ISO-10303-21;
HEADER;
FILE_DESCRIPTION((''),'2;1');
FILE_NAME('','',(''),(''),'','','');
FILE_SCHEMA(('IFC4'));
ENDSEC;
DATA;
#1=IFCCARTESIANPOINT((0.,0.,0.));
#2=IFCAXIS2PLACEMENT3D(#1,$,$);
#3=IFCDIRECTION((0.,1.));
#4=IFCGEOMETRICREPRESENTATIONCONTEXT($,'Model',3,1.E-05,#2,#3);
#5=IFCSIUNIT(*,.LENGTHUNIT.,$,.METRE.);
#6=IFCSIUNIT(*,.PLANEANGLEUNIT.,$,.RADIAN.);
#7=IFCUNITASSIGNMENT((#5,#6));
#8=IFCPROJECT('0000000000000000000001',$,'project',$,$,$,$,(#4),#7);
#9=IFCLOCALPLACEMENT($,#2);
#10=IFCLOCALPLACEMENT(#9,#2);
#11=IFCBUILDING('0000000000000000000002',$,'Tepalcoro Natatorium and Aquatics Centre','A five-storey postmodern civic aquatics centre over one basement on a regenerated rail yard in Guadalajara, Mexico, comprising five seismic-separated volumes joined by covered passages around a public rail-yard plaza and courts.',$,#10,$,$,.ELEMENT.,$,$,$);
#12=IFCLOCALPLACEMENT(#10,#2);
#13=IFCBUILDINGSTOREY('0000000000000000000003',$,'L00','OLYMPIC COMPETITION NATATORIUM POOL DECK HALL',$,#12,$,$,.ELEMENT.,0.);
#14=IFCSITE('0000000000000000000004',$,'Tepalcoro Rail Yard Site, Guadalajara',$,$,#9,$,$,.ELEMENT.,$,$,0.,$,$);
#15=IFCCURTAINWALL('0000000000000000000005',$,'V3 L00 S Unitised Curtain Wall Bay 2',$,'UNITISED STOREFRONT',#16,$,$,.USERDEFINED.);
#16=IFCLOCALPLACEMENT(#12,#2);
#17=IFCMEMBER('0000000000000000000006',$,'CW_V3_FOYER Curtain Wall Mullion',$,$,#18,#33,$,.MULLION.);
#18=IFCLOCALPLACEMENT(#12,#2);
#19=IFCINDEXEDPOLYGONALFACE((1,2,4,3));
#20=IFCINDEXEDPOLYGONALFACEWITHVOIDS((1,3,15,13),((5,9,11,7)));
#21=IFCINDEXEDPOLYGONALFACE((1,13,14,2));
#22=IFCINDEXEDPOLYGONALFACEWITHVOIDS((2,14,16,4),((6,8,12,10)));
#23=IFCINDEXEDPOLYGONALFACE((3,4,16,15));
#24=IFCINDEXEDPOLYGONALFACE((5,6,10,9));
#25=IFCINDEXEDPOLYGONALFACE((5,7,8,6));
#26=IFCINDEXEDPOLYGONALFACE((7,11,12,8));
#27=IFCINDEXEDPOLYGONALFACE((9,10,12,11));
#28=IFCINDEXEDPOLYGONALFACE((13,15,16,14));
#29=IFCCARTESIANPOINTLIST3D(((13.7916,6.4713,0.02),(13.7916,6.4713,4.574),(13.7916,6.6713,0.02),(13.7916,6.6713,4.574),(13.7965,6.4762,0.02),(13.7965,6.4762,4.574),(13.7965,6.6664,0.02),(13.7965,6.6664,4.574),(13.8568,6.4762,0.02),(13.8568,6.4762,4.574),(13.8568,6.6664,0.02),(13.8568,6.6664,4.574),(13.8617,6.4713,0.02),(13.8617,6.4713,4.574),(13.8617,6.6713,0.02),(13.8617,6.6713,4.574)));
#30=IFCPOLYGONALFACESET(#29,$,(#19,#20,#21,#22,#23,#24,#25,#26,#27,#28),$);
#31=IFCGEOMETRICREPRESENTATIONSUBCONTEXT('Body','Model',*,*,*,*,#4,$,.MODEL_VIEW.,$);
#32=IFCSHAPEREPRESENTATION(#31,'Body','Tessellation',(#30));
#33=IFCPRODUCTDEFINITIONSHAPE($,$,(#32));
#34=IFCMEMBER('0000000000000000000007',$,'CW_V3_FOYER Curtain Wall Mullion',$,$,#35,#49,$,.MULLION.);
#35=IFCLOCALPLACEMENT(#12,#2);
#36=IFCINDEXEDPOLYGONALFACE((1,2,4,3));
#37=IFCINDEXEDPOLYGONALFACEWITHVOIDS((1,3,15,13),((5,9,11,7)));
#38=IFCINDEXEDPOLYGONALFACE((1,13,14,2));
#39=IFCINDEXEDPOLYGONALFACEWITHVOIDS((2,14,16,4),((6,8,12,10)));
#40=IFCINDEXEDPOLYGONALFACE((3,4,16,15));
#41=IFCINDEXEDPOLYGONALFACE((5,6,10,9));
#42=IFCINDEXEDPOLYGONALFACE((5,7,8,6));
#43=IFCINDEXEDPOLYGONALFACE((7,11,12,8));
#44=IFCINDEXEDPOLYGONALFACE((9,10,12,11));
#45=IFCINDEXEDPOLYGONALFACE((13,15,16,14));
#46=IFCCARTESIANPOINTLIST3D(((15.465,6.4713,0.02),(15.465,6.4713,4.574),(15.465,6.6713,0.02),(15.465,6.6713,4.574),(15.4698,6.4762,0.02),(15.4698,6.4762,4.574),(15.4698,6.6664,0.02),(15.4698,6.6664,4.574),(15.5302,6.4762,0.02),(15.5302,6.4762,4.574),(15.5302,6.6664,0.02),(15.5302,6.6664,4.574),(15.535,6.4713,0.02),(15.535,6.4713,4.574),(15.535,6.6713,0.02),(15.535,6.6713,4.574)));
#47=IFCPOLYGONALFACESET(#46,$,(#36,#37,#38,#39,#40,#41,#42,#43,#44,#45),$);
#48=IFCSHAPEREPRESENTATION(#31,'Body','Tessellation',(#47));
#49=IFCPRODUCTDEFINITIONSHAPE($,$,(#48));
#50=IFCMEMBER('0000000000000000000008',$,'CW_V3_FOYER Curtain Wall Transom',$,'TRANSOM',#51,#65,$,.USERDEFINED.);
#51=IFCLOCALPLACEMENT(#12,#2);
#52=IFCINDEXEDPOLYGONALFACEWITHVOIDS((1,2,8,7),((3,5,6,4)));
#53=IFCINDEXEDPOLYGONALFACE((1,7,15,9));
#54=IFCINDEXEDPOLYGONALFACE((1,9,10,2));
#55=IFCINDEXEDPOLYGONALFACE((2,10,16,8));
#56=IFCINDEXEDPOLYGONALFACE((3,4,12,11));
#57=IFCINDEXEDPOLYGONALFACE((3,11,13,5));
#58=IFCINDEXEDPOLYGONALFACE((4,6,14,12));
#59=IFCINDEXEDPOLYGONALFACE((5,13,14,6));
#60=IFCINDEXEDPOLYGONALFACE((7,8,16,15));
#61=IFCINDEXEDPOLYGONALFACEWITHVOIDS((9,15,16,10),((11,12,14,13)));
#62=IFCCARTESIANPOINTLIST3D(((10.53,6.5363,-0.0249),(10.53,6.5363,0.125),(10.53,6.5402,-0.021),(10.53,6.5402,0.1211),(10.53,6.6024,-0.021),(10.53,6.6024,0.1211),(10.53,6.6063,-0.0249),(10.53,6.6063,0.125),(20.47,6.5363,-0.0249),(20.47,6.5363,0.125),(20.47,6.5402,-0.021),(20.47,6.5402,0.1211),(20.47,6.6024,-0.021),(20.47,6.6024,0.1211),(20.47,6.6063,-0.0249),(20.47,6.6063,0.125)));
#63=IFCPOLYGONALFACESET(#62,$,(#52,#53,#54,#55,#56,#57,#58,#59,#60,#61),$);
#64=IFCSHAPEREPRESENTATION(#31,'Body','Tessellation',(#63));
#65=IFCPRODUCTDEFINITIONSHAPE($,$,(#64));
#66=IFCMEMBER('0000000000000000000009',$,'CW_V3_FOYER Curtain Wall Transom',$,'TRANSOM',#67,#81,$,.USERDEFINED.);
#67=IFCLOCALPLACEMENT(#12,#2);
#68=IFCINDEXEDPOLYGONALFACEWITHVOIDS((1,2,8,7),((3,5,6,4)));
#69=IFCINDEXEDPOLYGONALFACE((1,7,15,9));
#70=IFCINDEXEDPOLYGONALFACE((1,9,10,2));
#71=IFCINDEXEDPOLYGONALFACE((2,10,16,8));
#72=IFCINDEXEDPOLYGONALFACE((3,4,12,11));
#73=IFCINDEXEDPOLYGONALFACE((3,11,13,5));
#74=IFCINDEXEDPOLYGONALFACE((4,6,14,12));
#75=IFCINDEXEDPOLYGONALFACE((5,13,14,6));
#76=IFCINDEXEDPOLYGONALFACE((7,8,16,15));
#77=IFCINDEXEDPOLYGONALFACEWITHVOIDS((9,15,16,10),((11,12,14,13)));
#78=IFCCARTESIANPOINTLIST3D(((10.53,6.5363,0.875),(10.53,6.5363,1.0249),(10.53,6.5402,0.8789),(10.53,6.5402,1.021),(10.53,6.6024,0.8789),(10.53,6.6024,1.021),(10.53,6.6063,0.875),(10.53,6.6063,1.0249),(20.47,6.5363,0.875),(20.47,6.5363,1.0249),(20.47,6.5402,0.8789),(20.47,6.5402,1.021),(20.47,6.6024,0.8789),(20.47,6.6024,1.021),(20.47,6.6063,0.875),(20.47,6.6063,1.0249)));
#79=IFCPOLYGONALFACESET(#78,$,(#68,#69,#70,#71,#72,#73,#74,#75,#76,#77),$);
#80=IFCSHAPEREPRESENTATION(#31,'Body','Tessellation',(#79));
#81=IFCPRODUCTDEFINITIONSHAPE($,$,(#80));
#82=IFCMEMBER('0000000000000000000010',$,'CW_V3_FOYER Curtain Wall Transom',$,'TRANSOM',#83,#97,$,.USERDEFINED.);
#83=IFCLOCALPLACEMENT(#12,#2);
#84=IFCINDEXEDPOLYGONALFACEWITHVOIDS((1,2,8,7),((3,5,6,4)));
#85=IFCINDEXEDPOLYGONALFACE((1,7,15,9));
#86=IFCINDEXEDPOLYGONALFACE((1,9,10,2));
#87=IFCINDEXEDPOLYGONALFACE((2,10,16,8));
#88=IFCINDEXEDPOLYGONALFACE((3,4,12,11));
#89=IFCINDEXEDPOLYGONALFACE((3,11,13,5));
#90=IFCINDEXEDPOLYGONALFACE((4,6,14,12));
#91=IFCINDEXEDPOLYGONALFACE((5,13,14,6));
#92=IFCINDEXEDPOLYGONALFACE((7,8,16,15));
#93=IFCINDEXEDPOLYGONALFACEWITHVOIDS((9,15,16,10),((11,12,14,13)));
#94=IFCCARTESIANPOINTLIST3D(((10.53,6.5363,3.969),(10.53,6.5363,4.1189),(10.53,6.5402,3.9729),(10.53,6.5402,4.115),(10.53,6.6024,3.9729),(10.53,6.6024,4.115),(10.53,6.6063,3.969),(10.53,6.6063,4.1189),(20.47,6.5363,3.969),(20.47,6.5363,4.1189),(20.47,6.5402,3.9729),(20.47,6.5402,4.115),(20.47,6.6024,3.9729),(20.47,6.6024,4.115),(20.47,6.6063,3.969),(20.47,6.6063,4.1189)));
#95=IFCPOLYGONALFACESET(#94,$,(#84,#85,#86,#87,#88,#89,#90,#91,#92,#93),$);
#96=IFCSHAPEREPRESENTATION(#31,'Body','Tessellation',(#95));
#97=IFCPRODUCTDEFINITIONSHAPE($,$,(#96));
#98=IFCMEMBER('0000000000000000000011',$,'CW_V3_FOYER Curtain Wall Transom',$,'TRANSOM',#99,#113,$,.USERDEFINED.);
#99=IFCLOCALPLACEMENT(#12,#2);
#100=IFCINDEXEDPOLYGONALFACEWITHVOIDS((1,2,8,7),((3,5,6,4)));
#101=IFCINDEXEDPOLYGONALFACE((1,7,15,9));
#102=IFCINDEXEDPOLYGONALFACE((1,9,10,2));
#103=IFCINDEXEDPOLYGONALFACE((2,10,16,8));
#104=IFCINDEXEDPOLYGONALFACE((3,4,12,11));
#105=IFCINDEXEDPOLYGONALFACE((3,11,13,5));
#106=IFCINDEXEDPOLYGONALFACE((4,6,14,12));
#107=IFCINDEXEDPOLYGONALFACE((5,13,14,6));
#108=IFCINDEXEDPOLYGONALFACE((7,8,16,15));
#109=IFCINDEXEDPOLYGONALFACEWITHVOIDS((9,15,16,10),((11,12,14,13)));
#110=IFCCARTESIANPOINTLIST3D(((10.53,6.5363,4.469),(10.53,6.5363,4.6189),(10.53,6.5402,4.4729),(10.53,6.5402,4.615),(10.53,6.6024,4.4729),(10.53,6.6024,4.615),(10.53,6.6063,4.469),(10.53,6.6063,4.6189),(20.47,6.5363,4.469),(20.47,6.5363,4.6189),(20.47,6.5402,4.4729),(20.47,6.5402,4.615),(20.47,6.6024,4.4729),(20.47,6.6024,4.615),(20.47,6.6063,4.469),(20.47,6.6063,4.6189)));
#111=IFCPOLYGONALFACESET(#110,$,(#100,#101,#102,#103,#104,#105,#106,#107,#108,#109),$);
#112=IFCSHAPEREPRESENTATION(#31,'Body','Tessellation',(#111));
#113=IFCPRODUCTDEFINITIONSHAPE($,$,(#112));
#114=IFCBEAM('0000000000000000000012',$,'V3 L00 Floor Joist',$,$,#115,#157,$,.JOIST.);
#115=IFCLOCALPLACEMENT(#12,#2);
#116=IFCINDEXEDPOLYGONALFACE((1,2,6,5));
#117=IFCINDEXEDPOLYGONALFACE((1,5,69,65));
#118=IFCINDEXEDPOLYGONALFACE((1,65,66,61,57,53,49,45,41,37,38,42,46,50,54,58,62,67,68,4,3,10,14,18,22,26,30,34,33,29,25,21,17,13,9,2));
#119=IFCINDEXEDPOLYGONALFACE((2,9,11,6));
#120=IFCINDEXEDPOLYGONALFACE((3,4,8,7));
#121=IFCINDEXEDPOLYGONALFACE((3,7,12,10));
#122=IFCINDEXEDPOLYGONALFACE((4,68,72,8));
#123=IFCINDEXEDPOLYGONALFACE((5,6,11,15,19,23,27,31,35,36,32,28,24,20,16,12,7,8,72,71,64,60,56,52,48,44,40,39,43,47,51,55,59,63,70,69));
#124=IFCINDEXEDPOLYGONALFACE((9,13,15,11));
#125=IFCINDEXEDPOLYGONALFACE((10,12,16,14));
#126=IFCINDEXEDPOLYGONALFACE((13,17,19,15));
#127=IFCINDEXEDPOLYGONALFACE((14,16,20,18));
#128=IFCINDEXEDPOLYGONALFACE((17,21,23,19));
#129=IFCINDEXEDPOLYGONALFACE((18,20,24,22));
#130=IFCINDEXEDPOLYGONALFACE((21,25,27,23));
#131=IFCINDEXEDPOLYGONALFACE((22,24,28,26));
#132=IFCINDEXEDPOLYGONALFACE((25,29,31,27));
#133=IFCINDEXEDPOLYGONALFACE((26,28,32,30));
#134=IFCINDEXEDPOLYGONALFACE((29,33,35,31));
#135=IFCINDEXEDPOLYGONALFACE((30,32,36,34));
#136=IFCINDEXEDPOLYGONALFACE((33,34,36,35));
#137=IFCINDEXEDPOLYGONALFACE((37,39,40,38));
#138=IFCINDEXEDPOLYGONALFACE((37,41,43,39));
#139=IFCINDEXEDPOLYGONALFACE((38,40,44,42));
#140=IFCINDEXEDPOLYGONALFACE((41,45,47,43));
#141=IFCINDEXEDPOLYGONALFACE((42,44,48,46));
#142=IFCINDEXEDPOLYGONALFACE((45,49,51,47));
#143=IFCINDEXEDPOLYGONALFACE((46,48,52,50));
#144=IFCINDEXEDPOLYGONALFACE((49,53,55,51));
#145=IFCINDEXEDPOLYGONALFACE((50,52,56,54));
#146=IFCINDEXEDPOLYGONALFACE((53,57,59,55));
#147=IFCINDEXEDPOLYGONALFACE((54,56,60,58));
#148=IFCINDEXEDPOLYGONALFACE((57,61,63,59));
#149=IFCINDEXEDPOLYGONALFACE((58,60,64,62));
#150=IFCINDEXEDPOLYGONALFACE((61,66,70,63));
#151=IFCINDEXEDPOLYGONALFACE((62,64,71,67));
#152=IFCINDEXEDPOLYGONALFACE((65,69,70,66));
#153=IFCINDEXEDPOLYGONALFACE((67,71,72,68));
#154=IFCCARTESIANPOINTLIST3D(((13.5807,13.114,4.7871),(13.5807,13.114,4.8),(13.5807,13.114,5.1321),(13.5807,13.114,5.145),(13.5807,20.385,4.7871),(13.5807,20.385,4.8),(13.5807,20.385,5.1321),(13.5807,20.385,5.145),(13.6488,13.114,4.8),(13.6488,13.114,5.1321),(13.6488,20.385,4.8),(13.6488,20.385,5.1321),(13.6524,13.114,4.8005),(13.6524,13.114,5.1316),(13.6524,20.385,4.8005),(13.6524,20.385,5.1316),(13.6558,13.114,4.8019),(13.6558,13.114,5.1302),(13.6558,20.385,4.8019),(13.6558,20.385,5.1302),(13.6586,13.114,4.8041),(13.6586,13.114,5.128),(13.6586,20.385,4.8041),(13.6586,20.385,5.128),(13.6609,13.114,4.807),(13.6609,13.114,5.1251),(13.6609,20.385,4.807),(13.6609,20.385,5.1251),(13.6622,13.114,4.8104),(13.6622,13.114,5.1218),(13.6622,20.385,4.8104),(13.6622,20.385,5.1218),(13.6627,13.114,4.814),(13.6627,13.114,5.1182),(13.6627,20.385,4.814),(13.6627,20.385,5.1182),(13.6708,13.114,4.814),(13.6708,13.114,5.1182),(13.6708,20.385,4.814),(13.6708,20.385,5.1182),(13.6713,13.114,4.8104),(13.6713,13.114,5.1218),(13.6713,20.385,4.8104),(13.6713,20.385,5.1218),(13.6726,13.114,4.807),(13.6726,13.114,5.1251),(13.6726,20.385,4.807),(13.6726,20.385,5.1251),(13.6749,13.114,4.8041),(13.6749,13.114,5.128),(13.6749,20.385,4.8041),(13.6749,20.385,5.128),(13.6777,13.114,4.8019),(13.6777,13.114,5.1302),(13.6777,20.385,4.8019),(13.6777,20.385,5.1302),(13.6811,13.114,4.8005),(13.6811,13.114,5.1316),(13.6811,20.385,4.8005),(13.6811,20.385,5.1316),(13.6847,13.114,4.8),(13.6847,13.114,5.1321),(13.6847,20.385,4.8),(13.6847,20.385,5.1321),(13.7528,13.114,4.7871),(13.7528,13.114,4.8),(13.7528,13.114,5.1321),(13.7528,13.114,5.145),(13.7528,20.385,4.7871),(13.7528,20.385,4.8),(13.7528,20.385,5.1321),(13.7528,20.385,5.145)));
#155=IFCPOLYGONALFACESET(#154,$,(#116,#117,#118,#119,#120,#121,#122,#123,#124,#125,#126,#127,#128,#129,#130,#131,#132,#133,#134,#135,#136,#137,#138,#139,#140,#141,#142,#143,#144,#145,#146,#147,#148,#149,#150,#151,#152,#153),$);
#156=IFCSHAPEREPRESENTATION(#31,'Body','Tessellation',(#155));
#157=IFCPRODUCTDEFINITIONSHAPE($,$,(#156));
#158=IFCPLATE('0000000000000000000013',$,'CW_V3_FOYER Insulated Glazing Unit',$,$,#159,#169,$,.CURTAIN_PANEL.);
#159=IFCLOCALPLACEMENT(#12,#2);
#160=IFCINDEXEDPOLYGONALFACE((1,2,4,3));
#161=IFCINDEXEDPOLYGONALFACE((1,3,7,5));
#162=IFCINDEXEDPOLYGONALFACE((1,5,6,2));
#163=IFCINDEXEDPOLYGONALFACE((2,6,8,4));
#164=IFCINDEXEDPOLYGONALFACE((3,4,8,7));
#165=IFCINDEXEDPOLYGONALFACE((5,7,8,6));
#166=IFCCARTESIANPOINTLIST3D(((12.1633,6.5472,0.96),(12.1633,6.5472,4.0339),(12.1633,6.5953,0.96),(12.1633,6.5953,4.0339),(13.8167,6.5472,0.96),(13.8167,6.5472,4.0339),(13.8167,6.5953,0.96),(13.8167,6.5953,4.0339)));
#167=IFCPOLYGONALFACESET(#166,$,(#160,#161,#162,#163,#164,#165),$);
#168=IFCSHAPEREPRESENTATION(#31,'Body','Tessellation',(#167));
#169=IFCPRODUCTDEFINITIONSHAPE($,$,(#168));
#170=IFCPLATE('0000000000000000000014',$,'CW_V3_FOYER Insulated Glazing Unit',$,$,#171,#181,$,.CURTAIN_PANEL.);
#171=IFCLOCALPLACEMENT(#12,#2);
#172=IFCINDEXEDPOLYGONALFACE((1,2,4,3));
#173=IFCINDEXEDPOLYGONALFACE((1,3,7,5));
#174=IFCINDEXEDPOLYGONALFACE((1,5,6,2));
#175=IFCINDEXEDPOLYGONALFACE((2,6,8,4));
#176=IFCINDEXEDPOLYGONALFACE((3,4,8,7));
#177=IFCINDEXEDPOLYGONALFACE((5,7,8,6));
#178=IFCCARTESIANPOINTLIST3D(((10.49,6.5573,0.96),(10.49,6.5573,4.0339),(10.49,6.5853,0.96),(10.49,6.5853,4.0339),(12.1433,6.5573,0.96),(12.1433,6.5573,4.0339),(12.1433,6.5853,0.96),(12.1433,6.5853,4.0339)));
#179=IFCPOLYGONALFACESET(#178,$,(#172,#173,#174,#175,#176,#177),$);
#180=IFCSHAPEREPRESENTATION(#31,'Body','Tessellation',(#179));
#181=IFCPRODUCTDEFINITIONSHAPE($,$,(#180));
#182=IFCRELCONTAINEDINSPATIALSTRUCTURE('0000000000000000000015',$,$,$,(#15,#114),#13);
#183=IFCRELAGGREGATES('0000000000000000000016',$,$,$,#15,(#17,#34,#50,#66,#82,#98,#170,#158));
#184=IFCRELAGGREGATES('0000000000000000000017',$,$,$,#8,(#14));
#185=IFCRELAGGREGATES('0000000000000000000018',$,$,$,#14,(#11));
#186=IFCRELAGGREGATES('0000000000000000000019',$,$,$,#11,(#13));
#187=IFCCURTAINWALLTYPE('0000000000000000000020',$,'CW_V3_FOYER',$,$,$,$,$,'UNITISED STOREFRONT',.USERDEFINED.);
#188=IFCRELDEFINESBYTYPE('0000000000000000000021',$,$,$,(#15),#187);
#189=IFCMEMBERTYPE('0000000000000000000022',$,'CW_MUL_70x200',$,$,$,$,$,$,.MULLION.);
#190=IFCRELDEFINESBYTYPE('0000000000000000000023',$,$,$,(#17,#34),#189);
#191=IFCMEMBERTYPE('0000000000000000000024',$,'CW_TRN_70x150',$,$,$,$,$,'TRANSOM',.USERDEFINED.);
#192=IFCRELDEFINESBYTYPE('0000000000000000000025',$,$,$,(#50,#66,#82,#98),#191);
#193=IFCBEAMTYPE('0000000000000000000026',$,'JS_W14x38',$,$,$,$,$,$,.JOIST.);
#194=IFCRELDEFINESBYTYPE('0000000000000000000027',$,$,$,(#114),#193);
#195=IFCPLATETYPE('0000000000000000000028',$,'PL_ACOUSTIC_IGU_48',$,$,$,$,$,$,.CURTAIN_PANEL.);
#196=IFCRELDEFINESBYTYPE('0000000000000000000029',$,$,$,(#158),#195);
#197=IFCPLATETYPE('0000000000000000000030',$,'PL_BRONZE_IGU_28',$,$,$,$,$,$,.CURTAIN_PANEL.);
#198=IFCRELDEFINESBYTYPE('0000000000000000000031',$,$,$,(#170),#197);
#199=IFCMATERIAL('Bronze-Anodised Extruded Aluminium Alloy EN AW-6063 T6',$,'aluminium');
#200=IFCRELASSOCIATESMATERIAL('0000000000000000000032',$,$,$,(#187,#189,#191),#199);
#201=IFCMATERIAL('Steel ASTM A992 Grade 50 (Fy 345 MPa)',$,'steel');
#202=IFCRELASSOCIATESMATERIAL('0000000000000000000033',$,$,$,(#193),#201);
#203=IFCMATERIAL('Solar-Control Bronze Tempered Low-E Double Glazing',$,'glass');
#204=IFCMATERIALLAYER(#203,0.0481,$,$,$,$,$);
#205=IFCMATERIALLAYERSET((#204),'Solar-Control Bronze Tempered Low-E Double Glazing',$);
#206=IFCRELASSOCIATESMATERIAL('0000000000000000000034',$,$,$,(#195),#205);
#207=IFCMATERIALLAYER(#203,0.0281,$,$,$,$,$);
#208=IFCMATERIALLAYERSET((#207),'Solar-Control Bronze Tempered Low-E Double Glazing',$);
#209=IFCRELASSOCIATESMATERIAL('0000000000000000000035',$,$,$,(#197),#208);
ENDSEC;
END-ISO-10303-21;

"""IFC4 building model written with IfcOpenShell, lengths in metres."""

from ifc_helpers import new_model, si_unit, direction, frame, origin, origin_2d, place, context, subcontext, project, spatial, rectangle, hollow_rectangle, i_section, extrude, material, layer, layer_set, material_profile, profile_set, type_object, element, aggregate, save


model = new_model("IFC4")

# Units and contexts
model_context = context("Model", 3, precision=1e-05, world=origin(), true_north=direction((0.0, 1.0)))
body_context = subcontext(model_context, "Body", "Model", "MODEL_VIEW")
ifc_project = project(units=[si_unit("LENGTHUNIT", "METRE"), si_unit("PLANEANGLEUNIT", "RADIAN")], contexts=[model_context])

# Site, building, storey
site_placement = place(None, origin())
site = spatial("IfcSite", under=ifc_project, at=site_placement, Name="Tepalcoro Rail Yard Site, Guadalajara", CompositionType="ELEMENT", RefElevation=0.0)
building_placement = place(site_placement, origin())
building = spatial("IfcBuilding", under=site, at=building_placement, Name="Tepalcoro Natatorium and Aquatics Centre", Description="A five-storey postmodern civic aquatics centre over one basement on a regenerated rail yard in Guadalajara, Mexico, comprising five seismic-separated volumes joined by covered passages around a public rail-yard plaza and courts.", CompositionType="ELEMENT")
storey_placement = place(building_placement, origin())
storey = spatial("IfcBuildingStorey", under=building, at=storey_placement, Name="L00", Description="OLYMPIC COMPETITION NATATORIUM POOL DECK HALL", CompositionType="ELEMENT", Elevation=0.0)

# Curtain wall, members
ifc_material_1 = material(Name="Bronze-Anodised Extruded Aluminium Alloy EN AW-6063 T6", Category="aluminium")
curtain_wall_type = type_object("IfcCurtainWallType", Name="CW_V3_FOYER", ElementType="UNITISED STOREFRONT", PredefinedType="USERDEFINED", material=ifc_material_1)
curtain_wall_placement = place(storey_placement, origin())
curtain_wall = element("IfcCurtainWall", 1, at=curtain_wall_placement, inside=storey, type_object=curtain_wall_type, Name="V3 L00 S Unitised Curtain Wall Bay 2", ObjectType="UNITISED STOREFRONT", PredefinedType="USERDEFINED")
ifc_material_profile_1 = material_profile(ifc_material_1, hollow_rectangle(XDim=0.0701, YDim=0.2, WallThickness=0.0049, at=origin_2d()), Name="AL70X200X5")
ifc_profile_set_1 = profile_set([ifc_material_profile_1], Name="Bronze-Anodised Extruded Aluminium Alloy EN AW-6063 T6")
member_type_1 = type_object("IfcMemberType", Name="CW_MUL_70x200", PredefinedType="MULLION", material=ifc_profile_set_1)
member_1_placement = place(storey_placement, frame((13.8267, 6.5713, 0.02), z_axis=(0.0, 0.0, 1.0), x_axis=(1.0, 0.0, 0.0)))
member_1 = element("IfcMember", 2, at=member_1_placement, type_object=member_type_1, Name="CW_V3_FOYER Curtain Wall Mullion", PredefinedType="MULLION", context=body_context, shape_type="SweptSolid", body=[
    extrude(hollow_rectangle(XDim=0.0701, YDim=0.2, WallThickness=0.0049, at=origin_2d()), origin(), (0.0, 0.0, 1.0), 4.554),
])
member_2_placement = place(storey_placement, frame((15.5, 6.5713, 0.02), z_axis=(0.0, 0.0, 1.0), x_axis=(1.0, 0.0, 0.0)))
member_2 = element("IfcMember", 3, at=member_2_placement, type_object=member_type_1, Name="CW_V3_FOYER Curtain Wall Mullion", PredefinedType="MULLION", context=body_context, shape_type="SweptSolid", body=[
    extrude(hollow_rectangle(XDim=0.0701, YDim=0.2, WallThickness=0.0049, at=origin_2d()), origin(), (0.0, 0.0, 1.0), 4.554),
])
ifc_material_profile_2 = material_profile(ifc_material_1, hollow_rectangle(XDim=0.0701, YDim=0.1499, WallThickness=0.0039, at=origin_2d()), Name="AL70X150X4")
ifc_profile_set_2 = profile_set([ifc_material_profile_2], Name="Bronze-Anodised Extruded Aluminium Alloy EN AW-6063 T6")
member_type_2 = type_object("IfcMemberType", Name="CW_TRN_70x150", ElementType="TRANSOM", PredefinedType="USERDEFINED", material=ifc_profile_set_2)
member_3_placement = place(storey_placement, frame((10.53, 6.5713, 0.05), z_axis=(1.0, 0.0, 0.0), x_axis=(0.0, 1.0, 0.0)))
member_3 = element("IfcMember", 4, at=member_3_placement, type_object=member_type_2, Name="CW_V3_FOYER Curtain Wall Transom", ObjectType="TRANSOM", PredefinedType="USERDEFINED", context=body_context, shape_type="SweptSolid", body=[
    extrude(hollow_rectangle(XDim=0.0701, YDim=0.1499, WallThickness=0.0039, at=origin_2d()), origin(), (0.0, 0.0, 1.0), 9.9399),
])
member_4_placement = place(storey_placement, frame((10.53, 6.5713, 0.95), z_axis=(1.0, 0.0, 0.0), x_axis=(0.0, 1.0, 0.0)))
member_4 = element("IfcMember", 5, at=member_4_placement, type_object=member_type_2, Name="CW_V3_FOYER Curtain Wall Transom", ObjectType="TRANSOM", PredefinedType="USERDEFINED", context=body_context, shape_type="SweptSolid", body=[
    extrude(hollow_rectangle(XDim=0.0701, YDim=0.1499, WallThickness=0.0039, at=origin_2d()), origin(), (0.0, 0.0, 1.0), 9.9399),
])
member_5_placement = place(storey_placement, frame((10.53, 6.5713, 4.0439), z_axis=(1.0, 0.0, 0.0), x_axis=(0.0, 1.0, 0.0)))
member_5 = element("IfcMember", 6, at=member_5_placement, type_object=member_type_2, Name="CW_V3_FOYER Curtain Wall Transom", ObjectType="TRANSOM", PredefinedType="USERDEFINED", context=body_context, shape_type="SweptSolid", body=[
    extrude(hollow_rectangle(XDim=0.0701, YDim=0.1499, WallThickness=0.0039, at=origin_2d()), origin(), (0.0, 0.0, 1.0), 9.9399),
])
member_6_placement = place(storey_placement, frame((10.53, 6.5713, 4.5439), z_axis=(1.0, 0.0, 0.0), x_axis=(0.0, 1.0, 0.0)))
member_6 = element("IfcMember", 7, at=member_6_placement, type_object=member_type_2, Name="CW_V3_FOYER Curtain Wall Transom", ObjectType="TRANSOM", PredefinedType="USERDEFINED", context=body_context, shape_type="SweptSolid", body=[
    extrude(hollow_rectangle(XDim=0.0701, YDim=0.1499, WallThickness=0.0039, at=origin_2d()), origin(), (0.0, 0.0, 1.0), 9.9399),
])

# Beam
ifc_material_2 = material(Name="Steel ASTM A992 Grade 50 (Fy 345 MPa)", Category="steel")
ifc_material_profile_3 = material_profile(ifc_material_2, i_section(OverallWidth=0.1721, OverallDepth=0.3579, WebThickness=0.0081, FlangeThickness=0.0129, FilletRadius=0.0139, at=origin_2d()), Name="W14X38")
ifc_profile_set_3 = profile_set([ifc_material_profile_3], Name="Steel ASTM A992 Grade 50 (Fy 345 MPa)")
beam_type = type_object("IfcBeamType", Name="JS_W14x38", PredefinedType="JOIST", material=ifc_profile_set_3)
beam_placement = place(storey_placement, frame((13.6667, 13.114, 4.9661), z_axis=(0.0, 1.0, 0.0), x_axis=(-1.0, 0.0, 0.0)))
element("IfcBeam", 8, at=beam_placement, inside=storey, type_object=beam_type, Name="V3 L00 Floor Joist", PredefinedType="JOIST", context=body_context, shape_type="SweptSolid", body=[
    extrude(i_section(OverallWidth=0.1721, OverallDepth=0.3579, WebThickness=0.0081, FlangeThickness=0.0129, FilletRadius=0.0139, at=origin_2d()), origin(), (0.0, 0.0, 1.0), 7.271),
])

# Plates
ifc_material_3 = material(Name="Solar-Control Bronze Tempered Low-E Double Glazing", Category="glass")
ifc_layer_1 = layer(ifc_material_3, 0.0481)
ifc_layer_set_1 = layer_set([ifc_layer_1], Name="Solar-Control Bronze Tempered Low-E Double Glazing")
plate_type_1 = type_object("IfcPlateType", Name="PL_ACOUSTIC_IGU_48", PredefinedType="CURTAIN_PANEL", material=ifc_layer_set_1)
plate_1_placement = place(storey_placement, frame((12.99, 6.5713, 0.96), z_axis=(0.0, 0.0, 1.0), x_axis=(1.0, 0.0, 0.0)))
plate_1 = element("IfcPlate", 9, at=plate_1_placement, type_object=plate_type_1, Name="CW_V3_FOYER Insulated Glazing Unit", PredefinedType="CURTAIN_PANEL", context=body_context, shape_type="SweptSolid", body=[
    extrude(rectangle(XDim=1.6533, YDim=0.0481, at=origin_2d()), origin(), (0.0, 0.0, 1.0), 3.074),
])
ifc_layer_2 = layer(ifc_material_3, 0.0281)
ifc_layer_set_2 = layer_set([ifc_layer_2], Name="Solar-Control Bronze Tempered Low-E Double Glazing")
plate_type_2 = type_object("IfcPlateType", Name="PL_BRONZE_IGU_28", PredefinedType="CURTAIN_PANEL", material=ifc_layer_set_2)
plate_2_placement = place(storey_placement, frame((11.3167, 6.5713, 0.96), z_axis=(0.0, 0.0, 1.0), x_axis=(1.0, 0.0, 0.0)))
plate_2 = element("IfcPlate", 10, at=plate_2_placement, type_object=plate_type_2, Name="CW_V3_FOYER Insulated Glazing Unit", PredefinedType="CURTAIN_PANEL", context=body_context, shape_type="SweptSolid", body=[
    extrude(rectangle(XDim=1.6533, YDim=0.0281, at=origin_2d()), origin(), (0.0, 0.0, 1.0), 3.074),
])
aggregate(curtain_wall, [member_1, member_2, member_3, member_4, member_5, member_6, plate_2, plate_1])

save(model, "model.ifc")
